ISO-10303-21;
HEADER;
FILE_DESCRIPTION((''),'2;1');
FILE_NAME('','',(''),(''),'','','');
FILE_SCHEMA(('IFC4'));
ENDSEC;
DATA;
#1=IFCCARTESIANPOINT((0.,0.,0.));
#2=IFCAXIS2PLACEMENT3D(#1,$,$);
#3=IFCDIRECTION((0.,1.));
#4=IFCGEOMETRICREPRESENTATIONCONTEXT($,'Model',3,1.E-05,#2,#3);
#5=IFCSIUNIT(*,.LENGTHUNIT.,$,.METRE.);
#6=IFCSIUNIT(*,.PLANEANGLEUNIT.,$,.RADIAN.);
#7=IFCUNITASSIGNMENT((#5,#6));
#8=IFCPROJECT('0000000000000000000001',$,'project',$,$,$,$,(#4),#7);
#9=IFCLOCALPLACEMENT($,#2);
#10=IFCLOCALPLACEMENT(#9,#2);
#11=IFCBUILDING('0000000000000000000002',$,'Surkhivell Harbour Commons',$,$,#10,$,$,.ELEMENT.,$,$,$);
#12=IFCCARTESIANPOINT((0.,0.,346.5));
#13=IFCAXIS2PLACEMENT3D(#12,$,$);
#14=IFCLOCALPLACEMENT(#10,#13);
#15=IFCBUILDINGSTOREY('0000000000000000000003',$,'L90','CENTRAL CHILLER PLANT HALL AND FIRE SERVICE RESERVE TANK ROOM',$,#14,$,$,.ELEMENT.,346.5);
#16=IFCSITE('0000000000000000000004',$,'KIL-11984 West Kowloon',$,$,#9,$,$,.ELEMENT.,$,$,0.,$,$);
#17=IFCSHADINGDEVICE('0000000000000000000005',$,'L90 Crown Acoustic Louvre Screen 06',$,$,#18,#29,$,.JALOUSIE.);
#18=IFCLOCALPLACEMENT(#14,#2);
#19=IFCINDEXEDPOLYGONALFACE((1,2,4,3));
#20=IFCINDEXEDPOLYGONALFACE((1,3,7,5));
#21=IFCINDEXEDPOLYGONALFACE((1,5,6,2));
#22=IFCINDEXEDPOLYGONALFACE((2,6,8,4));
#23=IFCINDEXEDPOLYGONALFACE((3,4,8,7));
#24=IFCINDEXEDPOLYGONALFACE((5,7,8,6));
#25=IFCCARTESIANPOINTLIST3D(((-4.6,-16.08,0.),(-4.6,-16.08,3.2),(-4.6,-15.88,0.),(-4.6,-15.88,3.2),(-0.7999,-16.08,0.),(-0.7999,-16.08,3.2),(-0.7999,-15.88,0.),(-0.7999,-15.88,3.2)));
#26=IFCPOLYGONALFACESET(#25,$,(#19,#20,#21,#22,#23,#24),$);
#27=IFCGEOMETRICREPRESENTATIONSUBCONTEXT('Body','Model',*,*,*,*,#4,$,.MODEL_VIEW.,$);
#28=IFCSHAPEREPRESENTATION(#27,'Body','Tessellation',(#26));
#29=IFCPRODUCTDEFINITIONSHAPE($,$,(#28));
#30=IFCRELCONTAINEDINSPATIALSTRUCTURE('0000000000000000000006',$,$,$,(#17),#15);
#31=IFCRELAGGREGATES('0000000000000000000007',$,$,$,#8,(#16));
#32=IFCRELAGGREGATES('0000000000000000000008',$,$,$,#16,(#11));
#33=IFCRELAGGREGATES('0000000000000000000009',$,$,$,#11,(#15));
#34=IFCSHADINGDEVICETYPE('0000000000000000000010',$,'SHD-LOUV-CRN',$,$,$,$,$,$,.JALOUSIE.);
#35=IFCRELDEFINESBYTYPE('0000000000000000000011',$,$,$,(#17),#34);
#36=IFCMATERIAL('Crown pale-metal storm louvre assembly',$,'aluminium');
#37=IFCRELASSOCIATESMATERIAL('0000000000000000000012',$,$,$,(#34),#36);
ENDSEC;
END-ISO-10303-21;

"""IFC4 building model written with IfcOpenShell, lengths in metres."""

from ifc_helpers import new_model, si_unit, direction, frame, origin, origin_2d, place, context, subcontext, project, spatial, rectangle, extrude, material, type_object, element, save


model = new_model("IFC4")

# Units and contexts
model_context = context("Model", 3, precision=1e-05, world=origin(), true_north=direction((0.0, 1.0)))
body_context = subcontext(model_context, "Body", "Model", "MODEL_VIEW")
ifc_project = project(units=[si_unit("LENGTHUNIT", "METRE"), si_unit("PLANEANGLEUNIT", "RADIAN")], contexts=[model_context])

# Site, building, storey
site_placement = place(None, origin())
site = spatial("IfcSite", under=ifc_project, at=site_placement, Name="KIL-11984 West Kowloon", CompositionType="ELEMENT", RefElevation=0.0)
building_placement = place(site_placement, origin())
building = spatial("IfcBuilding", under=site, at=building_placement, Name="Surkhivell Harbour Commons", CompositionType="ELEMENT")
storey_placement = place(building_placement, frame((0.0, 0.0, 346.5)))
storey = spatial("IfcBuildingStorey", under=building, at=storey_placement, Name="L90", Description="CENTRAL CHILLER PLANT HALL AND FIRE SERVICE RESERVE TANK ROOM", CompositionType="ELEMENT", Elevation=346.5)

# Shading device
ifc_material_1 = material(Name="Crown pale-metal storm louvre assembly", Category="aluminium")
shading_device_type = type_object("IfcShadingDeviceType", Name="SHD-LOUV-CRN", PredefinedType="JALOUSIE", material=ifc_material_1)
shading_device_placement = place(storey_placement, frame((-2.7, -15.98, 0.0), z_axis=(0.0, 0.0, 1.0), x_axis=(1.0, 0.0, 0.0)))
element("IfcShadingDevice", 1, at=shading_device_placement, inside=storey, type_object=shading_device_type, Name="L90 Crown Acoustic Louvre Screen 06", PredefinedType="JALOUSIE", context=body_context, shape_type="SweptSolid", body=[
    extrude(rectangle(XDim=3.8, YDim=0.2, at=origin_2d()), origin(), (0.0, 0.0, 1.0), 3.2),
])

save(model, "model.ifc")
